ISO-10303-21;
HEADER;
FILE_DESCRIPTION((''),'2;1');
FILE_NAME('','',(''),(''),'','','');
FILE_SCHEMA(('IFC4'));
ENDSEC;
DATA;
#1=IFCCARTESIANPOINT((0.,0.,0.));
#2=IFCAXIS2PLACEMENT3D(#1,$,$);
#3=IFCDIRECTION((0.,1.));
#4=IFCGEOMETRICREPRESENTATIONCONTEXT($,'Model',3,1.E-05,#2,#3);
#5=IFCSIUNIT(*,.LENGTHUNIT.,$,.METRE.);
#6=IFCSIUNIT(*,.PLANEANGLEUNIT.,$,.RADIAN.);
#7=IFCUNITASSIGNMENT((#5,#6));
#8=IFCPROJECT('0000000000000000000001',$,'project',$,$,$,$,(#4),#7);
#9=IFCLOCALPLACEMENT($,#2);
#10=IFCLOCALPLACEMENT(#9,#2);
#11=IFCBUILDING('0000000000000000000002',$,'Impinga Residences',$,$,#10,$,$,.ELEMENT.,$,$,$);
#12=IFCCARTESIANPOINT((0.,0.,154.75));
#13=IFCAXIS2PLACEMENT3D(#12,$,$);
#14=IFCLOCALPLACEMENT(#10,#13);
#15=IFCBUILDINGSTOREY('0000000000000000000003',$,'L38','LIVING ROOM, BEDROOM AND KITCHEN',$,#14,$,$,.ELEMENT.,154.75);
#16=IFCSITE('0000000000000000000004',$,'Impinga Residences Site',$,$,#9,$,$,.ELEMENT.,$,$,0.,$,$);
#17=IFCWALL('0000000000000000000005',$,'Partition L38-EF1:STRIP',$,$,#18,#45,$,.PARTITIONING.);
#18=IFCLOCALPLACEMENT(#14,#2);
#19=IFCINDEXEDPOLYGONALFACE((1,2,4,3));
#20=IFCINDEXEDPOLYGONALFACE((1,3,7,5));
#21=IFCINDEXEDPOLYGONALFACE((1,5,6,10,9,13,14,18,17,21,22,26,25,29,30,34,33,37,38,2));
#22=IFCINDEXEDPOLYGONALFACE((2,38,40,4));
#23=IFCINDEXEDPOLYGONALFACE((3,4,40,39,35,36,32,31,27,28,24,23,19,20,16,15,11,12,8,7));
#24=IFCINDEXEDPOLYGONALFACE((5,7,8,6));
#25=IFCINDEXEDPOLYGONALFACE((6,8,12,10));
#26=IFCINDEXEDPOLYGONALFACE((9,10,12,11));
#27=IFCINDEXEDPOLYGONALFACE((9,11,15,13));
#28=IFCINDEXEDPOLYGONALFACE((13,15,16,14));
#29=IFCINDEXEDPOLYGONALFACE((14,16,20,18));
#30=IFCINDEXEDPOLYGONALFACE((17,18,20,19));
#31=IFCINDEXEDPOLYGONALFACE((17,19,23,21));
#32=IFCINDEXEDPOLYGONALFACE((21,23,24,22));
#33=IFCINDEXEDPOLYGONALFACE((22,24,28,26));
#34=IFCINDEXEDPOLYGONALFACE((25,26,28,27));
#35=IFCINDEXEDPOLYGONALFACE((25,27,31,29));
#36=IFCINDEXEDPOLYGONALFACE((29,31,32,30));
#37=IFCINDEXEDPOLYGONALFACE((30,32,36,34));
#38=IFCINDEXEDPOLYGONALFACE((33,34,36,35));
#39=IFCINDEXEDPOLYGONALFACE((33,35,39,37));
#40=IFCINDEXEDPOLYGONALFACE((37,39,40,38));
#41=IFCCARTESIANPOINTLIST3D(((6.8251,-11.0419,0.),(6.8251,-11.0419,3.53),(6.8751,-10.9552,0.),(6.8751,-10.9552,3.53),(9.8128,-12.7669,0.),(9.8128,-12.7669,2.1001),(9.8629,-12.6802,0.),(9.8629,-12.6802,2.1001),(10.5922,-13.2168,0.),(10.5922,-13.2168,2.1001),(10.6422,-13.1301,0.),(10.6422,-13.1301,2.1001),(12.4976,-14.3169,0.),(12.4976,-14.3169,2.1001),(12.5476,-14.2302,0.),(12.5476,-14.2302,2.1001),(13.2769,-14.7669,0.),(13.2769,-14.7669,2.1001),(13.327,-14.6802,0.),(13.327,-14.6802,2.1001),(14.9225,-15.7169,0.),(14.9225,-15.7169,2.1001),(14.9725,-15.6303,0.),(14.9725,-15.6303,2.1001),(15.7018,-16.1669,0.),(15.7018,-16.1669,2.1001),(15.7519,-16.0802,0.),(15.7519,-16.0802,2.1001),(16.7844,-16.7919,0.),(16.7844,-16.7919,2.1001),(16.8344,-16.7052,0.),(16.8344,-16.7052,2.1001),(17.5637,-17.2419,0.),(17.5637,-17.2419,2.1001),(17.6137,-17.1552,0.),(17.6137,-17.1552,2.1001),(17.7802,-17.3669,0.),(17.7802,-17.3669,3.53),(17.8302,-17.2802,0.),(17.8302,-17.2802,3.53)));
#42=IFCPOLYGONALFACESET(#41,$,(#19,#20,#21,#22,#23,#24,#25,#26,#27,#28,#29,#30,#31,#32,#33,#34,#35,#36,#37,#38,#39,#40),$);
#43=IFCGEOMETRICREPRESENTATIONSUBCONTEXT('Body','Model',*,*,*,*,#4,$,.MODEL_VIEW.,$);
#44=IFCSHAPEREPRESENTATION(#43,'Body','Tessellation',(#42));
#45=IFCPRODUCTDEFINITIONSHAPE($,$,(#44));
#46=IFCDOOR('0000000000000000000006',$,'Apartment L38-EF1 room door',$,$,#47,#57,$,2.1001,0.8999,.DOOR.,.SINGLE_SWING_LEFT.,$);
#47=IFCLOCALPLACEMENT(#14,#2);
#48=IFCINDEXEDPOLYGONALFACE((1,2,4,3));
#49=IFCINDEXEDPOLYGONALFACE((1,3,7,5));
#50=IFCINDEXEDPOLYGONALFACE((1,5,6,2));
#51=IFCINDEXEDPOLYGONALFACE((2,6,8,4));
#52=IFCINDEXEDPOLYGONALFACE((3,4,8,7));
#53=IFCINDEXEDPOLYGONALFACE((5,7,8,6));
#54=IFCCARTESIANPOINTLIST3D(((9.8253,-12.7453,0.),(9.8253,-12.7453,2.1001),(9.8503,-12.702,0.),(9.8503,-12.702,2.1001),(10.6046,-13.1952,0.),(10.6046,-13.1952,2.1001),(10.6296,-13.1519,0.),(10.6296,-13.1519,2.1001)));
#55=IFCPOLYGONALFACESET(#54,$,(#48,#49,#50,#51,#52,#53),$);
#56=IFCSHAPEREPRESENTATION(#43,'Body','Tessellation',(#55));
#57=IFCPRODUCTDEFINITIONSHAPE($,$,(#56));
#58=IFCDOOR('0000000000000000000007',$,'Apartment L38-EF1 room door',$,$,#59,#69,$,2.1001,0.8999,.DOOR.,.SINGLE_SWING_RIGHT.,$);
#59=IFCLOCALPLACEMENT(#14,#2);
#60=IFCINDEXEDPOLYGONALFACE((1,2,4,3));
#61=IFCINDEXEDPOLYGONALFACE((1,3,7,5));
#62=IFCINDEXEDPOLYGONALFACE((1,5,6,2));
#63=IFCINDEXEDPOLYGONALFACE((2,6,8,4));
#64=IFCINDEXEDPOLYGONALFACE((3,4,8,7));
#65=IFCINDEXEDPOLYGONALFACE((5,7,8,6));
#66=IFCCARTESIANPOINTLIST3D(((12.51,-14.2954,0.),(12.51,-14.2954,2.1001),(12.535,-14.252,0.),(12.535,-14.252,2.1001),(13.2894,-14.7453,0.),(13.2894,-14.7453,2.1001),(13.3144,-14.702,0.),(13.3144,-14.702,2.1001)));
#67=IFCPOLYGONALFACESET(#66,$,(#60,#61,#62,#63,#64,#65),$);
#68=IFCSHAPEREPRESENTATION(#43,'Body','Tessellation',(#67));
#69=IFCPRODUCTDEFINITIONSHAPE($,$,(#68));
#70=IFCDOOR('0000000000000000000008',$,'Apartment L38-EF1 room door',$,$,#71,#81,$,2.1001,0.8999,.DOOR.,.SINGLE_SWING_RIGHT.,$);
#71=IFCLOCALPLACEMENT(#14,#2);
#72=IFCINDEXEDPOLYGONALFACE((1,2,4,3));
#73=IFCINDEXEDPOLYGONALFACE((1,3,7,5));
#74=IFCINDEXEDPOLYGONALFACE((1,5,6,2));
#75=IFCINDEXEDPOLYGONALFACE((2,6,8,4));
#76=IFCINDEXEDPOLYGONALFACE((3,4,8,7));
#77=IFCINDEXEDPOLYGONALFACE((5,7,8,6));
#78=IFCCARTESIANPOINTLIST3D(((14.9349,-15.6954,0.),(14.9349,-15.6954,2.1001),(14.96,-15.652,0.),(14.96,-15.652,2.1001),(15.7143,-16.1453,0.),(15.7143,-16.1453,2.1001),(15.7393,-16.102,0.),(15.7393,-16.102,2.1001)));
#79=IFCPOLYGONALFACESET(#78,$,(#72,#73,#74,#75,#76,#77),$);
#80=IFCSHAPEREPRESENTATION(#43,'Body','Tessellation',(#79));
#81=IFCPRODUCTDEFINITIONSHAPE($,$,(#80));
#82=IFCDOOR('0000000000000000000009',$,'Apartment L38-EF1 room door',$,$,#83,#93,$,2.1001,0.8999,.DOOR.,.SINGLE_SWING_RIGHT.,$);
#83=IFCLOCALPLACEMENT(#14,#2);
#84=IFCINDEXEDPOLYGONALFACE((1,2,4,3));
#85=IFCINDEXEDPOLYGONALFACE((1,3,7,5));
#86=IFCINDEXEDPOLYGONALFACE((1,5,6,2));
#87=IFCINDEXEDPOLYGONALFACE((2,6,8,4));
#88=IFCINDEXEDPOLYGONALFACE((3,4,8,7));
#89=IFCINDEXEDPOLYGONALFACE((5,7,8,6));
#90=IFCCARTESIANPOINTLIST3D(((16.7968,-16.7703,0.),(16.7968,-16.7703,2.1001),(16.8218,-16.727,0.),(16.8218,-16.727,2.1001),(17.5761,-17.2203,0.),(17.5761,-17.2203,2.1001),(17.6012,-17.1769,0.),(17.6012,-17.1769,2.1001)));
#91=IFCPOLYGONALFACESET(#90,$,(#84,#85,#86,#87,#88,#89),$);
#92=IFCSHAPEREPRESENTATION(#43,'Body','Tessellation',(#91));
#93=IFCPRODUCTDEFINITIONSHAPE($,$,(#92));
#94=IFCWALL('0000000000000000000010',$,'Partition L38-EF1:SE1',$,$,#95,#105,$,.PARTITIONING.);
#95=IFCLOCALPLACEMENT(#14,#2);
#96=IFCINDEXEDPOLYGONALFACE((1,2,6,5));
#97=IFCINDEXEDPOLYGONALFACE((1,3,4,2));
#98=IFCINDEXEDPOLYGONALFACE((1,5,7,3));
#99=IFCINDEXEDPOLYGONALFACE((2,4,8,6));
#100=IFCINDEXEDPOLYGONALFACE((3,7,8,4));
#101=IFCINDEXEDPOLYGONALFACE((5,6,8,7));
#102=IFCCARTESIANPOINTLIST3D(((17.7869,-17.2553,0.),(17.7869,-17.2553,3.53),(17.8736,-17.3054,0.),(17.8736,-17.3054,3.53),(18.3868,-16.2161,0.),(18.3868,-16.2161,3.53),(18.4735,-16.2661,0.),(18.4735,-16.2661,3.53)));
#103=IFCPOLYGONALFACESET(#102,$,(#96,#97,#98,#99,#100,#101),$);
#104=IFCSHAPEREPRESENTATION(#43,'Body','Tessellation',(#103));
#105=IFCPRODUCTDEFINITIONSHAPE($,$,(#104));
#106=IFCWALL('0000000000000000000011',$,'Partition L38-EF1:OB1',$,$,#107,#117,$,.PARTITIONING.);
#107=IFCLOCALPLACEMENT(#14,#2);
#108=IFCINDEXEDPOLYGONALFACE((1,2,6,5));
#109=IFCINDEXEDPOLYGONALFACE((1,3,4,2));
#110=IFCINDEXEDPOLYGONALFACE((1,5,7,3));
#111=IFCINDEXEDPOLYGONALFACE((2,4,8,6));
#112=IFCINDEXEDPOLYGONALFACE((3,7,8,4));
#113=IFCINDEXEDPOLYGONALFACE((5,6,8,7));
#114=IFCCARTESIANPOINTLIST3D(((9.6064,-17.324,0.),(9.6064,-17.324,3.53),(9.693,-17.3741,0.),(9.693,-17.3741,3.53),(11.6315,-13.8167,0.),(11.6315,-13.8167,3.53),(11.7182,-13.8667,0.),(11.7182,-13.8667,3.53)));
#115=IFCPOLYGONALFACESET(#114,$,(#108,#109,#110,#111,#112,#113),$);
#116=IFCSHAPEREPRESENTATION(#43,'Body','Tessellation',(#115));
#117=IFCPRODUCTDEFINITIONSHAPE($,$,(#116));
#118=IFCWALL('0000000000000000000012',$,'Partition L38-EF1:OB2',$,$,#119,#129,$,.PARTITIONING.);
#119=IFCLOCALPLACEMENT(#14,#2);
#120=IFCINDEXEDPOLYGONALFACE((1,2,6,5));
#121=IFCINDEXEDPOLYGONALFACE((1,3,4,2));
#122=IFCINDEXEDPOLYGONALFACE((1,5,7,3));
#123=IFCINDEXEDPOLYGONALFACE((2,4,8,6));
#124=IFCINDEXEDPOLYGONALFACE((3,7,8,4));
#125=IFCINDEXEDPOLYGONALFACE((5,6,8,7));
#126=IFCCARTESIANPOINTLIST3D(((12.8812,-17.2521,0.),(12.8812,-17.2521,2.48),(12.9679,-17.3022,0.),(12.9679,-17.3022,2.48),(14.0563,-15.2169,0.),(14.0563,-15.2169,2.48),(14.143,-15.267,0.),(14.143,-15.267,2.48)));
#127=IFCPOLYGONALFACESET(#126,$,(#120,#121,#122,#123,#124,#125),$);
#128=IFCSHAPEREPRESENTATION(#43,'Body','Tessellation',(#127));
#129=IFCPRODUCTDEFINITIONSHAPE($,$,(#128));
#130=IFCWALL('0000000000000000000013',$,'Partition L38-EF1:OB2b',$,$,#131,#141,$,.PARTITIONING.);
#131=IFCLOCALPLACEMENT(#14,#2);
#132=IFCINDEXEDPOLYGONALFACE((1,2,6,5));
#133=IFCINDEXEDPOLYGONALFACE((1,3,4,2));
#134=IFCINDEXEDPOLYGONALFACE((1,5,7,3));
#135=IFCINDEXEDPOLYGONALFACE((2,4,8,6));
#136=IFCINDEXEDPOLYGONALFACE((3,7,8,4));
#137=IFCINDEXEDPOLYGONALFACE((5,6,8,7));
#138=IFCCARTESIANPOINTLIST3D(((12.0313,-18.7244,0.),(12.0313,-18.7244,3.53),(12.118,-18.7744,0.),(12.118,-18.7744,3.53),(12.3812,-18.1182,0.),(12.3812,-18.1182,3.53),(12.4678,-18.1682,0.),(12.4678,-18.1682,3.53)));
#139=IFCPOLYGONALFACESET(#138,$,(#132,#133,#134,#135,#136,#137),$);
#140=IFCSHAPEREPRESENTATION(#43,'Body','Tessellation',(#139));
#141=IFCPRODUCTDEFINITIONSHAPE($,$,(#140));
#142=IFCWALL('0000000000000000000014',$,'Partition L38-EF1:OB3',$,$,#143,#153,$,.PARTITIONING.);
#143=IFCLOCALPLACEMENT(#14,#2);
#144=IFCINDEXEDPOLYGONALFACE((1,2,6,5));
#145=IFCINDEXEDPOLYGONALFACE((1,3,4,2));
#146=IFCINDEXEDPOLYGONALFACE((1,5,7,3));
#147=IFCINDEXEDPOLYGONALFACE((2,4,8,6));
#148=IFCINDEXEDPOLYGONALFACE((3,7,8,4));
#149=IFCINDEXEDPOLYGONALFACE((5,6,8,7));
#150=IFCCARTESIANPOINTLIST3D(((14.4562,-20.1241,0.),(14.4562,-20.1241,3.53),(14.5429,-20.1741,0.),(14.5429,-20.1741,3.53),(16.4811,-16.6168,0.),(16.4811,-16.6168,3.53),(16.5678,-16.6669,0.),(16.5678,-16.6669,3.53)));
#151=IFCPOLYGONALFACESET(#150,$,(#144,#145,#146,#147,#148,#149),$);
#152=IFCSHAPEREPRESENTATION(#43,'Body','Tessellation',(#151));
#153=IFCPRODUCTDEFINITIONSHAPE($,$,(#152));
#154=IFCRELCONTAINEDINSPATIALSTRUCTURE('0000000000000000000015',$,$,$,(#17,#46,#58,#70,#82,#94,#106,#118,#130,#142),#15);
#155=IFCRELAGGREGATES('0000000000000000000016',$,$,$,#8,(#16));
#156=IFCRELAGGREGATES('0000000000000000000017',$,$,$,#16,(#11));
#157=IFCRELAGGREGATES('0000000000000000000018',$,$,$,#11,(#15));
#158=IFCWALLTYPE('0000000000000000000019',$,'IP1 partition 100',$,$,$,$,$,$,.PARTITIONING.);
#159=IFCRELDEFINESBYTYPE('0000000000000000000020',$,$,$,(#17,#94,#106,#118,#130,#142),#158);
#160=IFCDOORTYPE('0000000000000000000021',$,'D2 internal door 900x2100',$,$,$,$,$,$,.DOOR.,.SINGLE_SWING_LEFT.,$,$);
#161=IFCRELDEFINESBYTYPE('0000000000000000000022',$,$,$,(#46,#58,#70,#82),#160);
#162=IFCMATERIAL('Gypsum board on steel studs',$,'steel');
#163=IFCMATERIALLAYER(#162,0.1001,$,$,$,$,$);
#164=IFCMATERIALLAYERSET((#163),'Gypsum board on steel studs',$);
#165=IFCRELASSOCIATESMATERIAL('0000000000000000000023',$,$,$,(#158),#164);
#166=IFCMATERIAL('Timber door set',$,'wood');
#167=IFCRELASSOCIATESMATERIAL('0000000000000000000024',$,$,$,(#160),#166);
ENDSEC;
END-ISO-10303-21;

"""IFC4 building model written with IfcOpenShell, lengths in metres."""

from ifc_helpers import new_model, si_unit, direction, frame, frame_2d, origin, place, context, subcontext, project, spatial, rectangle, extrude, material, layer, layer_set, type_object, element, fill, save


model = new_model("IFC4")

# Units and contexts
model_context = context("Model", 3, precision=1e-05, world=origin(), true_north=direction((0.0, 1.0)))
body_context = subcontext(model_context, "Body", "Model", "MODEL_VIEW")
ifc_project = project(units=[si_unit("LENGTHUNIT", "METRE"), si_unit("PLANEANGLEUNIT", "RADIAN")], contexts=[model_context])

# Site, building, storey
site_placement = place(None, origin())
site = spatial("IfcSite", under=ifc_project, at=site_placement, Name="Impinga Residences Site", CompositionType="ELEMENT", RefElevation=0.0)
building_placement = place(site_placement, origin())
building = spatial("IfcBuilding", under=site, at=building_placement, Name="Impinga Residences", CompositionType="ELEMENT")
storey_placement = place(building_placement, frame((0.0, 0.0, 154.75)))
storey = spatial("IfcBuildingStorey", under=building, at=storey_placement, Name="L38", Description="LIVING ROOM, BEDROOM AND KITCHEN", CompositionType="ELEMENT", Elevation=154.75)

# Shared definitions
ifc_material_1 = material(Name="Gypsum board on steel studs", Category="steel")
ifc_layer_1 = layer(ifc_material_1, 0.1001)
ifc_layer_set_1 = layer_set([ifc_layer_1], Name="Gypsum board on steel studs")
wall_type_1 = type_object("IfcWallType", Name="IP1 partition 100", PredefinedType="PARTITIONING", material=ifc_layer_set_1)

# Wall, openings, doors
wall_1_placement = place(storey_placement, frame((6.8501, -10.9985, 0.0), z_axis=(0.0, 0.0, 1.0), x_axis=(0.866024, -0.500002, 0.0)))
wall_1 = element("IfcWall", 1, at=wall_1_placement, inside=storey, type_object=wall_type_1, Name="Partition L38-EF1:STRIP", PredefinedType="PARTITIONING", context=body_context, shape_type="SweptSolid", body=[
    extrude(rectangle(XDim=12.6499, YDim=0.1001, at=frame_2d((6.325, 0.0))), origin(), (0.0, 0.0, 1.0), 3.53),
])
opening_1_placement = place(wall_1_placement, frame((3.45, 0.0, 0.0)))
opening_1 = element("IfcOpeningElement", 2, at=opening_1_placement, cuts=wall_1, PredefinedType="OPENING", context=body_context, shape_type="SweptSolid", body=[
    extrude(rectangle(XDim=0.8999, YDim=2.1001, at=frame_2d((0.45, 1.05))), frame((0.0, 0.0601, 0.0), z_axis=(0.0, -1.0, 0.0), x_axis=(1.0, 0.0, 0.0)), (0.0, 0.0, 1.0), 0.1201),
])
opening_2_placement = place(wall_1_placement, frame((6.55, 0.0, 0.0)))
opening_2 = element("IfcOpeningElement", 3, at=opening_2_placement, cuts=wall_1, PredefinedType="OPENING", context=body_context, shape_type="SweptSolid", body=[
    extrude(rectangle(XDim=0.8999, YDim=2.1001, at=frame_2d((0.45, 1.05))), frame((0.0, 0.0601, 0.0), z_axis=(0.0, -1.0, 0.0), x_axis=(1.0, 0.0, 0.0)), (0.0, 0.0, 1.0), 0.1201),
])
opening_3_placement = place(wall_1_placement, frame((9.3501, 0.0, 0.0)))
opening_3 = element("IfcOpeningElement", 4, at=opening_3_placement, cuts=wall_1, PredefinedType="OPENING", context=body_context, shape_type="SweptSolid", body=[
    extrude(rectangle(XDim=0.8999, YDim=2.1001, at=frame_2d((0.45, 1.05))), frame((0.0, 0.0601, 0.0), z_axis=(0.0, -1.0, 0.0), x_axis=(1.0, 0.0, 0.0)), (0.0, 0.0, 1.0), 0.1201),
])
opening_4_placement = place(wall_1_placement, frame((11.5, 0.0, 0.0)))
opening_4 = element("IfcOpeningElement", 5, at=opening_4_placement, cuts=wall_1, PredefinedType="OPENING", context=body_context, shape_type="SweptSolid", body=[
    extrude(rectangle(XDim=0.8999, YDim=2.1001, at=frame_2d((0.45, 1.05))), frame((0.0, 0.0601, 0.0), z_axis=(0.0, -1.0, 0.0), x_axis=(1.0, 0.0, 0.0)), (0.0, 0.0, 1.0), 0.1201),
])
ifc_material_2 = material(Name="Timber door set", Category="wood")
door_type = type_object("IfcDoorType", Name="D2 internal door 900x2100", OperationType="SINGLE_SWING_LEFT", PredefinedType="DOOR", material=ifc_material_2)
door_1_placement = place(opening_1_placement, origin())
door_1 = element("IfcDoor", 6, at=door_1_placement, inside=storey, type_object=door_type, Name="Apartment L38-EF1 room door", OperationType="SINGLE_SWING_LEFT", OverallHeight=2.1001, OverallWidth=0.8999, PredefinedType="DOOR", context=body_context, shape_type="SweptSolid", body=[
    extrude(rectangle(XDim=0.8999, YDim=2.1001, at=frame_2d((0.45, 1.05))), frame((0.0, 0.0249, 0.0), z_axis=(0.0, -1.0, 0.0), x_axis=(1.0, 0.0, 0.0)), (0.0, 0.0, 1.0), 0.05),
])
fill(opening_1, door_1)
door_2_placement = place(opening_2_placement, origin())
door_2 = element("IfcDoor", 7, at=door_2_placement, inside=storey, type_object=door_type, Name="Apartment L38-EF1 room door", OperationType="SINGLE_SWING_RIGHT", OverallHeight=2.1001, OverallWidth=0.8999, PredefinedType="DOOR", context=body_context, shape_type="SweptSolid", body=[
    extrude(rectangle(XDim=0.8999, YDim=2.1001, at=frame_2d((0.45, 1.05))), frame((0.0, 0.0249, 0.0), z_axis=(0.0, -1.0, 0.0), x_axis=(1.0, 0.0, 0.0)), (0.0, 0.0, 1.0), 0.05),
])
fill(opening_2, door_2)
door_3_placement = place(opening_3_placement, origin())
door_3 = element("IfcDoor", 8, at=door_3_placement, inside=storey, type_object=door_type, Name="Apartment L38-EF1 room door", OperationType="SINGLE_SWING_RIGHT", OverallHeight=2.1001, OverallWidth=0.8999, PredefinedType="DOOR", context=body_context, shape_type="SweptSolid", body=[
    extrude(rectangle(XDim=0.8999, YDim=2.1001, at=frame_2d((0.45, 1.05))), frame((0.0, 0.0249, 0.0), z_axis=(0.0, -1.0, 0.0), x_axis=(1.0, 0.0, 0.0)), (0.0, 0.0, 1.0), 0.05),
])
fill(opening_3, door_3)
door_4_placement = place(opening_4_placement, origin())
door_4 = element("IfcDoor", 9, at=door_4_placement, inside=storey, type_object=door_type, Name="Apartment L38-EF1 room door", OperationType="SINGLE_SWING_RIGHT", OverallHeight=2.1001, OverallWidth=0.8999, PredefinedType="DOOR", context=body_context, shape_type="SweptSolid", body=[
    extrude(rectangle(XDim=0.8999, YDim=2.1001, at=frame_2d((0.45, 1.05))), frame((0.0, 0.0249, 0.0), z_axis=(0.0, -1.0, 0.0), x_axis=(1.0, 0.0, 0.0)), (0.0, 0.0, 1.0), 0.05),
])
fill(opening_4, door_4)

# Walls
wall_2_placement = place(storey_placement, frame((18.4302, -16.241, 0.0), z_axis=(0.0, 0.0, 1.0), x_axis=(-0.499881, -0.866094, 0.0)))
element("IfcWall", 10, at=wall_2_placement, inside=storey, type_object=wall_type_1, Name="Partition L38-EF1:SE1", PredefinedType="PARTITIONING", context=body_context, shape_type="SweptSolid", body=[
    extrude(rectangle(XDim=1.2, YDim=0.1001, at=frame_2d((0.6001, 0.0))), origin(), (0.0, 0.0, 1.0), 3.53),
])
wall_3_placement = place(storey_placement, frame((11.6748, -13.8418, 0.0), z_axis=(0.0, 0.0, 1.0), x_axis=(-0.500036, -0.866005, 0.0)))
element("IfcWall", 11, at=wall_3_placement, inside=storey, type_object=wall_type_1, Name="Partition L38-EF1:OB1", PredefinedType="PARTITIONING", context=body_context, shape_type="SweptSolid", body=[
    extrude(rectangle(XDim=4.05, YDim=0.1001, at=frame_2d((2.0249, 0.0))), origin(), (0.0, 0.0, 1.0), 3.53),
])
wall_4_placement = place(storey_placement, frame((14.0996, -15.2419, 0.0), z_axis=(0.0, 0.0, 1.0), x_axis=(-0.500016, -0.866016, 0.0)))
element("IfcWall", 12, at=wall_4_placement, inside=storey, type_object=wall_type_1, Name="Partition L38-EF1:OB2", PredefinedType="PARTITIONING", context=body_context, shape_type="SweptSolid", body=[
    extrude(rectangle(XDim=2.3501, YDim=0.1001, at=frame_2d((1.175, 0.0))), origin(), (0.0, 0.0, 1.0), 2.48),
])
wall_5_placement = place(storey_placement, frame((12.4246, -18.1431, 0.0), z_axis=(0.0, 0.0, 1.0), x_axis=(-0.499853, -0.86611, 0.0)))
element("IfcWall", 13, at=wall_5_placement, inside=storey, type_object=wall_type_1, Name="Partition L38-EF1:OB2b", PredefinedType="PARTITIONING", context=body_context, shape_type="SweptSolid", body=[
    extrude(rectangle(XDim=0.7, YDim=0.1001, at=frame_2d((0.3501, 0.0))), origin(), (0.0, 0.0, 1.0), 3.53),
])
wall_6_placement = place(storey_placement, frame((16.5244, -16.6418, 0.0), z_axis=(0.0, 0.0, 1.0), x_axis=(-0.49999, -0.866031, 0.0)))
element("IfcWall", 14, at=wall_6_placement, inside=storey, type_object=wall_type_1, Name="Partition L38-EF1:OB3", PredefinedType="PARTITIONING", context=body_context, shape_type="SweptSolid", body=[
    extrude(rectangle(XDim=4.0498, YDim=0.1001, at=frame_2d((2.0249, 0.0))), origin(), (0.0, 0.0, 1.0), 3.53),
])

save(model, "model.ifc")
